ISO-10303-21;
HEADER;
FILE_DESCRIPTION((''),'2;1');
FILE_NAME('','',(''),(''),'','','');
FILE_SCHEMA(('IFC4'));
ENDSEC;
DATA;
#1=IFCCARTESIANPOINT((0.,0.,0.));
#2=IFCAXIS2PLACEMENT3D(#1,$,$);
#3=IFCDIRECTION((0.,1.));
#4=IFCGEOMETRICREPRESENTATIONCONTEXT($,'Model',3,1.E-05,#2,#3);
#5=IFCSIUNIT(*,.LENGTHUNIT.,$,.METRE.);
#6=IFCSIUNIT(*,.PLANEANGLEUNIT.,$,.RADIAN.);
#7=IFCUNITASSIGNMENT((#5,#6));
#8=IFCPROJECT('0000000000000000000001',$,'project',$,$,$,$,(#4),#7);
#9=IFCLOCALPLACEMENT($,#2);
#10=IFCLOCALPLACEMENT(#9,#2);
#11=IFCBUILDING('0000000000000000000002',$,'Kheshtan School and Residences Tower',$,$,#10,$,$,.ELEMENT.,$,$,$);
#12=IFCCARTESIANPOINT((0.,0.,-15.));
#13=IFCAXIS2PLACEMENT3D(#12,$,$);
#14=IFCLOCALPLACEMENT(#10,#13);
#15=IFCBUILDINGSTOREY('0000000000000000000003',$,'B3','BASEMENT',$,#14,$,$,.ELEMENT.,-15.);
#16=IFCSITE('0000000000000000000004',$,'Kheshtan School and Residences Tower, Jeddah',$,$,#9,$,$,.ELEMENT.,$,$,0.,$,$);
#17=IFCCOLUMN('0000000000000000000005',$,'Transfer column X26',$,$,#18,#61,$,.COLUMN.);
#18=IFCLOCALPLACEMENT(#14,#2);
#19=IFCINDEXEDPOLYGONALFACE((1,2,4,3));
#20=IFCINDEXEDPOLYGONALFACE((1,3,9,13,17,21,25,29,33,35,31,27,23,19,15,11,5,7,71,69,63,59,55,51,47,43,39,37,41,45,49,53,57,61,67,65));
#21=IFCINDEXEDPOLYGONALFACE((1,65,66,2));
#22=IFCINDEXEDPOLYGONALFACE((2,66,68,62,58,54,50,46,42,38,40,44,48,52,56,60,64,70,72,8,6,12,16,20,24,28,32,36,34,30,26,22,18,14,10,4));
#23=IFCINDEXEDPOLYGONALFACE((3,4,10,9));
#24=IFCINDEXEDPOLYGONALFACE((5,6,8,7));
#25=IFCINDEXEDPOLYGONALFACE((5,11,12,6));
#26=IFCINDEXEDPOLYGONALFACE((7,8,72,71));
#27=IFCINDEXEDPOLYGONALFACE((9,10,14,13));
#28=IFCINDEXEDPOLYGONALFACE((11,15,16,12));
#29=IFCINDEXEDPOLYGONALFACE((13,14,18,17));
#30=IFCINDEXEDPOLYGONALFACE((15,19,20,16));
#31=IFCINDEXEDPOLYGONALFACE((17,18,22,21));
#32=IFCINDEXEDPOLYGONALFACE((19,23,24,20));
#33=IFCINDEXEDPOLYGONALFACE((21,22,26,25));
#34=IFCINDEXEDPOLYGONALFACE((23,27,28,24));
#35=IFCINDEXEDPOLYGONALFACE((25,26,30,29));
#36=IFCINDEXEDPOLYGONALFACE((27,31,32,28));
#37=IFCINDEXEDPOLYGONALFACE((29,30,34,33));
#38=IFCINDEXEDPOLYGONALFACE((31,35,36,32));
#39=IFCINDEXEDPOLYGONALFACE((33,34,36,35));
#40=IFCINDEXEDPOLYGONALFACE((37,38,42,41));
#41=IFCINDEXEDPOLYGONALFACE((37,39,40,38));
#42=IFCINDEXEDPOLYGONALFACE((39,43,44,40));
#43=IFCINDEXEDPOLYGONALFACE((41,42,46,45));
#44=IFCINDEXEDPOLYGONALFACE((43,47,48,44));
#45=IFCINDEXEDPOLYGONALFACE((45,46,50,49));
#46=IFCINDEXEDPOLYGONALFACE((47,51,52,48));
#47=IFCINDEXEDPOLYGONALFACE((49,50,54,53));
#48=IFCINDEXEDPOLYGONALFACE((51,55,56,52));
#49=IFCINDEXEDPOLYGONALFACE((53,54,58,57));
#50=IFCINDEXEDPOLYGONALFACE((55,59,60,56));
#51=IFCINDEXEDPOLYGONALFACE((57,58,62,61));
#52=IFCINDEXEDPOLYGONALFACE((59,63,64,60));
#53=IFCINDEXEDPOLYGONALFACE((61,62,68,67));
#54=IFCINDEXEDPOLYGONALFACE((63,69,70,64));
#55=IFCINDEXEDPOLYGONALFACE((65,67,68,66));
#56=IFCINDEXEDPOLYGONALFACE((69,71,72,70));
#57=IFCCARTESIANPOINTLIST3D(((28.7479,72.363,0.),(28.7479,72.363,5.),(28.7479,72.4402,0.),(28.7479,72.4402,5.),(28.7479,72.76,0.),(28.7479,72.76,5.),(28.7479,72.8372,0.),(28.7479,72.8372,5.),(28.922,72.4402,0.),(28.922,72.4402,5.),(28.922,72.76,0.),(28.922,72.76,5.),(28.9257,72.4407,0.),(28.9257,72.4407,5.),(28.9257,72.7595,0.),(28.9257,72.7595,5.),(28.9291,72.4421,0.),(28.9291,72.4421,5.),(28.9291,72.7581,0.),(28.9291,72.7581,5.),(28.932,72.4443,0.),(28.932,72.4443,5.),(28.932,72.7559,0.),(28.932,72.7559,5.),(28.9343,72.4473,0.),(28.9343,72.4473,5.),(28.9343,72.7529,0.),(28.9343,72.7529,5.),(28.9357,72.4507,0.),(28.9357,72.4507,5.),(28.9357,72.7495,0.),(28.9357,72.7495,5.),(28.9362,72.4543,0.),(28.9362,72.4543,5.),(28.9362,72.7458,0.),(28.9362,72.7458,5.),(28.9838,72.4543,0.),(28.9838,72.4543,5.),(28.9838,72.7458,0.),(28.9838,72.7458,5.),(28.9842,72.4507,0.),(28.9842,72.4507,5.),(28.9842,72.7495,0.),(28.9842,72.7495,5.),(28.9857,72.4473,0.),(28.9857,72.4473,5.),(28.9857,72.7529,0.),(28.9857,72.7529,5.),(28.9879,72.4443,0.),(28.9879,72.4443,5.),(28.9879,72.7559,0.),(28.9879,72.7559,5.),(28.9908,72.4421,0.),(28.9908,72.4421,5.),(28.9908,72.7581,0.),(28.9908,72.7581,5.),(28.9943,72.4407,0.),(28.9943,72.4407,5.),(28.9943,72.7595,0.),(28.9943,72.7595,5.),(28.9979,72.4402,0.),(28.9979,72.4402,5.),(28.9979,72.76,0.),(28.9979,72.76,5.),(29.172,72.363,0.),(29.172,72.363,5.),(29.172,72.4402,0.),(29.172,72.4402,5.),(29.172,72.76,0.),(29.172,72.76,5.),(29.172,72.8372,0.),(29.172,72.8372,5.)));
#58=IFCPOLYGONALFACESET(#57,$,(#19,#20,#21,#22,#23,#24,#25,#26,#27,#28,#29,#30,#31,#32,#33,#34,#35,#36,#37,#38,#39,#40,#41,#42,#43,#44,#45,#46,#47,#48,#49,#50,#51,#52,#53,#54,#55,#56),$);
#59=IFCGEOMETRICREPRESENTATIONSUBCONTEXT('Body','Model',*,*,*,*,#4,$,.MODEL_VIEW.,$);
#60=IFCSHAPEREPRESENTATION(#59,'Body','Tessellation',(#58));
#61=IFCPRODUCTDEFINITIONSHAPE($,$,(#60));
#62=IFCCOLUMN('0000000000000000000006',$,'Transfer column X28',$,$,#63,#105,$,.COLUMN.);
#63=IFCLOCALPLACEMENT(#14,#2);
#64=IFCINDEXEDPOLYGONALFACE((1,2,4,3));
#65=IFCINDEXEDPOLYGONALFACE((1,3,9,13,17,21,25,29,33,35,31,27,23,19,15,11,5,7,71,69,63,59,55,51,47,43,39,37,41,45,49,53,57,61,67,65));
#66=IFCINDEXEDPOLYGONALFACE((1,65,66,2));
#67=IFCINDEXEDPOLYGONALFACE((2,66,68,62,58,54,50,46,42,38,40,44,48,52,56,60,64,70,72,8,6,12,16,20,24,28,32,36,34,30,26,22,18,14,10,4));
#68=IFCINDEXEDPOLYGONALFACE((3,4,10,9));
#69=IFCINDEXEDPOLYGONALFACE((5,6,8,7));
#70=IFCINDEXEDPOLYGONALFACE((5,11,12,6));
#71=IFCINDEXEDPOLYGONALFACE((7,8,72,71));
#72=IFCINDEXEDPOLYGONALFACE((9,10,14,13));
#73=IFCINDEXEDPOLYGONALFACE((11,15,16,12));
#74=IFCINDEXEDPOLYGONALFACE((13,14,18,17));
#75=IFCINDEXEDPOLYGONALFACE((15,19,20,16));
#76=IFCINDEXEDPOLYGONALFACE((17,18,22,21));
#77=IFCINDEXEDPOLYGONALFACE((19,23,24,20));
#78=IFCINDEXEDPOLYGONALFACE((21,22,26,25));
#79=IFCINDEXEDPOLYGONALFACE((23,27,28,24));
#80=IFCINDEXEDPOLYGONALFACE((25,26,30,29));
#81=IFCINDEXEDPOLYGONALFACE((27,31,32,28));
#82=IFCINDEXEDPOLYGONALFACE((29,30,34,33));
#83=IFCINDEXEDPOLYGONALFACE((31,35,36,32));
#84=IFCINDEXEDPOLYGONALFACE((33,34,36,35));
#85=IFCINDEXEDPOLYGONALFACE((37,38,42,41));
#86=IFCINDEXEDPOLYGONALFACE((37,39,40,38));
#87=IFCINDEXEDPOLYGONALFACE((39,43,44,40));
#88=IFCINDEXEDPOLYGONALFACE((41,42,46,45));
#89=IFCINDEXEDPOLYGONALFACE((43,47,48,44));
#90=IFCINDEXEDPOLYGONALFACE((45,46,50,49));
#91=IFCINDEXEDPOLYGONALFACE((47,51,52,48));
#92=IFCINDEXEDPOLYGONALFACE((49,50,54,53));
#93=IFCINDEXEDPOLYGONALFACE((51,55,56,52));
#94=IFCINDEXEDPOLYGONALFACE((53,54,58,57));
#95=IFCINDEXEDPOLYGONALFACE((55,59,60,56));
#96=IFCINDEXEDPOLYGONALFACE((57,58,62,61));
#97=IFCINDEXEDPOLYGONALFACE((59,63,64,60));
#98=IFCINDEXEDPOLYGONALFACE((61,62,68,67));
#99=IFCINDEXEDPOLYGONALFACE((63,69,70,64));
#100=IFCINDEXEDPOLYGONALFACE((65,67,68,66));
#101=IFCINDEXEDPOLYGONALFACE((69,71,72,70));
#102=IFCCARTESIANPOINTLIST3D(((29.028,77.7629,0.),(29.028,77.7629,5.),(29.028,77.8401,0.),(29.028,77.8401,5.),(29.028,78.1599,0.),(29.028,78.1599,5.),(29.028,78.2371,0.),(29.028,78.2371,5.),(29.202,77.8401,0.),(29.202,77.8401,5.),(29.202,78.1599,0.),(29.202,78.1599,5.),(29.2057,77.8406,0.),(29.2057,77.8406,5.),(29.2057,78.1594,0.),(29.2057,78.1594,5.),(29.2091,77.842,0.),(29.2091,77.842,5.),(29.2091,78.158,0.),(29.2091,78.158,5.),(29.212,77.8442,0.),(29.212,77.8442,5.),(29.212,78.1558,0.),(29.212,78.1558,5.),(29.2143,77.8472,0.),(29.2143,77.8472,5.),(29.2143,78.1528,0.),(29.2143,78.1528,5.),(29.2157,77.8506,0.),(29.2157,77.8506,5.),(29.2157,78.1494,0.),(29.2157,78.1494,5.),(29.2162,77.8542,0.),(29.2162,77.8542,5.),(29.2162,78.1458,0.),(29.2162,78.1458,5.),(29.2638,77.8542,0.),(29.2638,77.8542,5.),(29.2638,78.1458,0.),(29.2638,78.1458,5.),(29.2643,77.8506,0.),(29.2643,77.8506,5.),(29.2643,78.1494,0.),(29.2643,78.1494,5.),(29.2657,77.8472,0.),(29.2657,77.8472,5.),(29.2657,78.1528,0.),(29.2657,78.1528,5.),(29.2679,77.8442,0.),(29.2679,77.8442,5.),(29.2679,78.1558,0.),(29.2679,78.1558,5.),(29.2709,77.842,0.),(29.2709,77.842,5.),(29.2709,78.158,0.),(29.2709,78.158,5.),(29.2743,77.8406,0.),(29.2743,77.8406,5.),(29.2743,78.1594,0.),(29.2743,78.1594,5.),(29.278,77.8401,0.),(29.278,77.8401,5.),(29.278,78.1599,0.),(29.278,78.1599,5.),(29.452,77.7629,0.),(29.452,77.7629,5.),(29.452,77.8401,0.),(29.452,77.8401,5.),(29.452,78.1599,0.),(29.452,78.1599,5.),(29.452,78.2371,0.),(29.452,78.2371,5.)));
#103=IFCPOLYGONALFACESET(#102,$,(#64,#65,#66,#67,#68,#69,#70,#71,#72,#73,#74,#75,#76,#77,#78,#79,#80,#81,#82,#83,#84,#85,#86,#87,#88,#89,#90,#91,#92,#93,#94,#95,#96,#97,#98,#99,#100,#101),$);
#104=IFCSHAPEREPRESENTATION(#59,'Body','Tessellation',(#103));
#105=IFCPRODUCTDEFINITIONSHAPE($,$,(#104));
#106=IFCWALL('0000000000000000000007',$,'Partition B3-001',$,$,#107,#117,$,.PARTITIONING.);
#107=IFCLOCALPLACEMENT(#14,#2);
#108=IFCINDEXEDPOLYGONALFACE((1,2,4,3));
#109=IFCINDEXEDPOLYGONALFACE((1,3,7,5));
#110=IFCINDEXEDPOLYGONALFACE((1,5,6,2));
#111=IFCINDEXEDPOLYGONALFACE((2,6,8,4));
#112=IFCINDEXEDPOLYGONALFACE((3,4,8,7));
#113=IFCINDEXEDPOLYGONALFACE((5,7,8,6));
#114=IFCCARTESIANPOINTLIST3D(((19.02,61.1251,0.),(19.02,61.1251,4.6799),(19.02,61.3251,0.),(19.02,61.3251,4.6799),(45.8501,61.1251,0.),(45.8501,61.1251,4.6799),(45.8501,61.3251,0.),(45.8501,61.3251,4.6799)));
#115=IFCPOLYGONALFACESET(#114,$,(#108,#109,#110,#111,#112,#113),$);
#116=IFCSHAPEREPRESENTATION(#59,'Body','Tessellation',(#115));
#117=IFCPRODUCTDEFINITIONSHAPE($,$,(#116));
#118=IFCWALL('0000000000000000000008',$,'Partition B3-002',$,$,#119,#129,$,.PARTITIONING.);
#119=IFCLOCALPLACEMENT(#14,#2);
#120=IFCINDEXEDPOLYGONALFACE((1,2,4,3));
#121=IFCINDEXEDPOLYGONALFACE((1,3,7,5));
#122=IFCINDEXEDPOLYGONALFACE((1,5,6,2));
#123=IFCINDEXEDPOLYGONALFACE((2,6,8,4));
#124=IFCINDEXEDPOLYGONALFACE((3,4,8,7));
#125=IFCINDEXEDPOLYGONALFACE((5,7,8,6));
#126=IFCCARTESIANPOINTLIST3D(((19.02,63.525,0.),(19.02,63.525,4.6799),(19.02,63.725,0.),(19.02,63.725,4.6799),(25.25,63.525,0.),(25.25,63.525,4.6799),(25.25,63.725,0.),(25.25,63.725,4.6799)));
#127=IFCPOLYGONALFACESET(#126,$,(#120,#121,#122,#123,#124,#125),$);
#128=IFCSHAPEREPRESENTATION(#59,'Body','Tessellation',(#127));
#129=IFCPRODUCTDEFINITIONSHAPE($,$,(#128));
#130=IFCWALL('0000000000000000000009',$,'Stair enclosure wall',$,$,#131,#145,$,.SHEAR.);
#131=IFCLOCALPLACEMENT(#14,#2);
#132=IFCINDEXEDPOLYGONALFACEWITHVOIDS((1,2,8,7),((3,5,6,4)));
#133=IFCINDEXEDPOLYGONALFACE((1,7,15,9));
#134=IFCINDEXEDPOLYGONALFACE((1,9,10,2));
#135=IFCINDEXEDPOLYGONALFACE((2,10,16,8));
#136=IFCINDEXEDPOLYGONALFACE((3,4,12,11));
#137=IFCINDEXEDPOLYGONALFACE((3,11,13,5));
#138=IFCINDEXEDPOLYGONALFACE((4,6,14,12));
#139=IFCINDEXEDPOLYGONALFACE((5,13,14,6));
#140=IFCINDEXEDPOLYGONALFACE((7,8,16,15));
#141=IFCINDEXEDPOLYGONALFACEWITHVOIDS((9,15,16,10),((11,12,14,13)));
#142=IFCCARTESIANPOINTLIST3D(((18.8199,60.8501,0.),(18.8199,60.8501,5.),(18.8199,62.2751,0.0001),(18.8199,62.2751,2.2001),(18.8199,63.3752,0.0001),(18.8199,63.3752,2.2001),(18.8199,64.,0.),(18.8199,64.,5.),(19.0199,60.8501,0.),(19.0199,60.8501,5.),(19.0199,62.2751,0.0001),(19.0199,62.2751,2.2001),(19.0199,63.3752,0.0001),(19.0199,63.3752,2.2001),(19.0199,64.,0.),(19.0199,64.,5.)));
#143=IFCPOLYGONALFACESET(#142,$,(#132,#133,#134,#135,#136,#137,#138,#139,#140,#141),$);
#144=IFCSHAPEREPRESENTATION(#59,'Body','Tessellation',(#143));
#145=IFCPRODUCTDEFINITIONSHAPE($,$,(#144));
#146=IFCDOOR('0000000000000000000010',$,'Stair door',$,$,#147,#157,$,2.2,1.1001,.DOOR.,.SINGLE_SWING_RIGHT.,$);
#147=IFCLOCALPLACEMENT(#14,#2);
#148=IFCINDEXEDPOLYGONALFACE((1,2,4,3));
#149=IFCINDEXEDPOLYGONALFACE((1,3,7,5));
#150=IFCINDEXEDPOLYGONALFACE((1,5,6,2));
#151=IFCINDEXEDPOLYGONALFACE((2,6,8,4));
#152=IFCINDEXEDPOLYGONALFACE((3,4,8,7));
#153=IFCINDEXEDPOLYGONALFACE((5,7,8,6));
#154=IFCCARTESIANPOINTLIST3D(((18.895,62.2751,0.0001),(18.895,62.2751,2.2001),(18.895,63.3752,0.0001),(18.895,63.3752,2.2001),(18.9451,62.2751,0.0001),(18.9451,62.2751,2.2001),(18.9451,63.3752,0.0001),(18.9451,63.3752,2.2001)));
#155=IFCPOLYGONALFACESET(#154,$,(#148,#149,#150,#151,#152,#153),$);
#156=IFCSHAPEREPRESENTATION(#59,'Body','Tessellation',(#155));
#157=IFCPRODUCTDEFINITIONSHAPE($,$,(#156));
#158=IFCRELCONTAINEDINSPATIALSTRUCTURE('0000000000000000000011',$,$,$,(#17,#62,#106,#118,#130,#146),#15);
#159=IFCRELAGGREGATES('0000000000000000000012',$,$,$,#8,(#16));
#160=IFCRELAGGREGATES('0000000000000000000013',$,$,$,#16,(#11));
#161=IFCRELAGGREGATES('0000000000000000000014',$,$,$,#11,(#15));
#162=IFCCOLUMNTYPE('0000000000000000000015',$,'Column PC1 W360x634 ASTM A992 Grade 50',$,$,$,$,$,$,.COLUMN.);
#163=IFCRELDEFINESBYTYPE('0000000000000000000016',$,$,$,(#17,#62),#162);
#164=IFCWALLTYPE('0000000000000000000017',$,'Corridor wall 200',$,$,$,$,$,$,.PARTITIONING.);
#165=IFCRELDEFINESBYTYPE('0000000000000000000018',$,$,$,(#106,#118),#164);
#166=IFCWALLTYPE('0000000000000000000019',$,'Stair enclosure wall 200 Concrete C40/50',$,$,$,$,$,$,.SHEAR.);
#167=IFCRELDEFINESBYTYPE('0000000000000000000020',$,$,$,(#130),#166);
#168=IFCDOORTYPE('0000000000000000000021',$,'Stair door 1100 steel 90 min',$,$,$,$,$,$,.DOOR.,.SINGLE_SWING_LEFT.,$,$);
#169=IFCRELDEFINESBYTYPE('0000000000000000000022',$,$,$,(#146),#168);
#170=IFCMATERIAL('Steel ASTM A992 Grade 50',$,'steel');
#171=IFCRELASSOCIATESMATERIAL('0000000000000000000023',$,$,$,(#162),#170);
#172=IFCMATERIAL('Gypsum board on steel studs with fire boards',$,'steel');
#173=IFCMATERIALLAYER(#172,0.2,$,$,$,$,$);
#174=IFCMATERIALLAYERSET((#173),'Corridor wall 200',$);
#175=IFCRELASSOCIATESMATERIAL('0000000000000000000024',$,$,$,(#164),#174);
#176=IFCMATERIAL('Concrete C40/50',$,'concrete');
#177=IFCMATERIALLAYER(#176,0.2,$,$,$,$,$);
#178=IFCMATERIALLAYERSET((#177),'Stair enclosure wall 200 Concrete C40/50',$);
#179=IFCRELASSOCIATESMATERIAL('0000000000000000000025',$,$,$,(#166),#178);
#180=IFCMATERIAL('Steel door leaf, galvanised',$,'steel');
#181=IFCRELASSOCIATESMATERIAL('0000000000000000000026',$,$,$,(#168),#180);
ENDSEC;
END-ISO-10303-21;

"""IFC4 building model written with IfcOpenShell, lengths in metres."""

from ifc_helpers import new_model, si_unit, direction, frame, frame_2d, origin, origin_2d, place, context, subcontext, project, spatial, rectangle, i_section, extrude, source, transform, mapped, material, layer, layer_set, material_profile, profile_set, type_object, element, fill, save


model = new_model("IFC4")

# Units and contexts
model_context = context("Model", 3, precision=1e-05, world=origin(), true_north=direction((0.0, 1.0)))
body_context = subcontext(model_context, "Body", "Model", "MODEL_VIEW")
ifc_project = project(units=[si_unit("LENGTHUNIT", "METRE"), si_unit("PLANEANGLEUNIT", "RADIAN")], contexts=[model_context])

# Site, building, storey
site_placement = place(None, origin())
site = spatial("IfcSite", under=ifc_project, at=site_placement, Name="Kheshtan School and Residences Tower, Jeddah", CompositionType="ELEMENT", RefElevation=0.0)
building_placement = place(site_placement, origin())
building = spatial("IfcBuilding", under=site, at=building_placement, Name="Kheshtan School and Residences Tower", CompositionType="ELEMENT")
storey_placement = place(building_placement, frame((0.0, 0.0, -15.0)))
storey = spatial("IfcBuildingStorey", under=building, at=storey_placement, Name="B3", Description="BASEMENT", CompositionType="ELEMENT", Elevation=-15.0)

# Columns
ifc_material_1 = material(Name="Steel ASTM A992 Grade 50", Category="steel")
ifc_material_profile_1 = material_profile(ifc_material_1, i_section(OverallWidth=0.4241, OverallDepth=0.4741, WebThickness=0.0476, FlangeThickness=0.0771, FilletRadius=0.0142, at=origin_2d()), Name="W360x634")
ifc_profile_set_1 = profile_set([ifc_material_profile_1], Name="Steel ASTM A992 Grade 50")
column_type = type_object("IfcColumnType", Name="Column PC1 W360x634 ASTM A992 Grade 50", PredefinedType="COLUMN", material=ifc_profile_set_1)
for number, where, z_axis, x_axis, name in (
    (1, (28.96, 72.6001, 0.0), (0.0, 0.0, 1.0), (1.0, 0.0, 0.0), "Transfer column X26"),
    (2, (29.24, 78.0, 0.0), (0.0, 0.0, 1.0), (1.0, 0.0, 0.0), "Transfer column X28"),
):
    element("IfcColumn", number, at=place(storey_placement, frame(where, z_axis=z_axis, x_axis=x_axis)), inside=storey, type_object=column_type, Name=name, PredefinedType="COLUMN", context=body_context, shape_type="SweptSolid", body=[
        extrude(i_section(OverallWidth=0.4241, OverallDepth=0.4741, WebThickness=0.0476, FlangeThickness=0.0771, FilletRadius=0.0142, at=origin_2d()), origin(), (0.0, 0.0, 1.0), 5.0),
    ])

# Walls
ifc_material_2 = material(Name="Gypsum board on steel studs with fire boards", Category="steel")
ifc_layer_1 = layer(ifc_material_2, 0.2)
ifc_layer_set_1 = layer_set([ifc_layer_1], Name="Corridor wall 200")
wall_type_1 = type_object("IfcWallType", Name="Corridor wall 200", PredefinedType="PARTITIONING", material=ifc_layer_set_1)
wall_1_placement = place(storey_placement, frame((19.02, 61.2251, 0.0), z_axis=(0.0, 0.0, 1.0), x_axis=(1.0, 0.0, 0.0)))
element("IfcWall", 3, at=wall_1_placement, inside=storey, type_object=wall_type_1, Name="Partition B3-001", PredefinedType="PARTITIONING", context=body_context, shape_type="SweptSolid", body=[
    extrude(rectangle(XDim=26.8301, YDim=0.2, at=frame_2d((13.415, 0.0))), origin(), (0.0, 0.0, 1.0), 4.6799),
])
wall_2_placement = place(storey_placement, frame((19.02, 63.625, 0.0), z_axis=(0.0, 0.0, 1.0), x_axis=(1.0, 0.0, 0.0)))
element("IfcWall", 4, at=wall_2_placement, inside=storey, type_object=wall_type_1, Name="Partition B3-002", PredefinedType="PARTITIONING", context=body_context, shape_type="SweptSolid", body=[
    extrude(rectangle(XDim=6.23, YDim=0.2, at=frame_2d((3.115, 0.0))), origin(), (0.0, 0.0, 1.0), 4.6799),
])

# Wall, opening, door
ifc_material_3 = material(Name="Concrete C40/50", Category="concrete")
ifc_layer_2 = layer(ifc_material_3, 0.2)
ifc_layer_set_2 = layer_set([ifc_layer_2], Name="Stair enclosure wall 200 Concrete C40/50")
wall_type_2 = type_object("IfcWallType", Name="Stair enclosure wall 200 Concrete C40/50", PredefinedType="SHEAR", material=ifc_layer_set_2)
wall_3_placement = place(storey_placement, frame((18.9199, 60.8501, 0.0), z_axis=(0.0, 0.0, 1.0), x_axis=(0.0, 1.0, 0.0)))
wall_3 = element("IfcWall", 5, at=wall_3_placement, inside=storey, type_object=wall_type_2, Name="Stair enclosure wall", PredefinedType="SHEAR", context=body_context, shape_type="SweptSolid", body=[
    extrude(rectangle(XDim=3.1499, YDim=0.2, at=frame_2d((1.575, 0.0))), origin(), (0.0, 0.0, 1.0), 5.0),
])
opening_placement = place(wall_3_placement, frame((1.425, 0.0, 0.0)))
opening = element("IfcOpeningElement", 6, at=opening_placement, cuts=wall_3, PredefinedType="OPENING", context=body_context, shape_type="SweptSolid", body=[
    extrude(rectangle(XDim=1.1001, YDim=2.2, at=frame_2d((0.55, 1.1001))), frame((0.0, 0.1099, 0.0), z_axis=(0.0, -1.0, 0.0), x_axis=(1.0, 0.0, 0.0)), (0.0, 0.0, 1.0), 0.22),
])
ifc_material_4 = material(Name="Steel door leaf, galvanised", Category="steel")
door_type = type_object("IfcDoorType", Name="Stair door 1100 steel 90 min", OperationType="SINGLE_SWING_LEFT", PredefinedType="DOOR", material=ifc_material_4)
shared_shape = source(origin(), body_context, "Body", "SweptSolid", [
    extrude(rectangle(XDim=1.1001, YDim=2.2, at=frame_2d((0.55, 1.1001))), frame((0.0, 0.0249, 0.0), z_axis=(0.0, -1.0, 0.0), x_axis=(1.0, 0.0, 0.0)), (0.0, 0.0, 1.0), 0.05),
])
door_placement = place(opening_placement, origin())
door = element("IfcDoor", 7, at=door_placement, inside=storey, type_object=door_type, Name="Stair door", OperationType="SINGLE_SWING_RIGHT", OverallHeight=2.2, OverallWidth=1.1001, PredefinedType="DOOR", context=body_context, shape_type="MappedRepresentation", body=[
    mapped(shared_shape, transform((0.0, 0.0, 0.0), x_axis=(1.0, 0.0, 0.0), y_axis=(0.0, 1.0, 0.0), z_axis=(0.0, 0.0, 1.0), scale=1.0)),
])
fill(opening, door)

save(model, "model.ifc")
